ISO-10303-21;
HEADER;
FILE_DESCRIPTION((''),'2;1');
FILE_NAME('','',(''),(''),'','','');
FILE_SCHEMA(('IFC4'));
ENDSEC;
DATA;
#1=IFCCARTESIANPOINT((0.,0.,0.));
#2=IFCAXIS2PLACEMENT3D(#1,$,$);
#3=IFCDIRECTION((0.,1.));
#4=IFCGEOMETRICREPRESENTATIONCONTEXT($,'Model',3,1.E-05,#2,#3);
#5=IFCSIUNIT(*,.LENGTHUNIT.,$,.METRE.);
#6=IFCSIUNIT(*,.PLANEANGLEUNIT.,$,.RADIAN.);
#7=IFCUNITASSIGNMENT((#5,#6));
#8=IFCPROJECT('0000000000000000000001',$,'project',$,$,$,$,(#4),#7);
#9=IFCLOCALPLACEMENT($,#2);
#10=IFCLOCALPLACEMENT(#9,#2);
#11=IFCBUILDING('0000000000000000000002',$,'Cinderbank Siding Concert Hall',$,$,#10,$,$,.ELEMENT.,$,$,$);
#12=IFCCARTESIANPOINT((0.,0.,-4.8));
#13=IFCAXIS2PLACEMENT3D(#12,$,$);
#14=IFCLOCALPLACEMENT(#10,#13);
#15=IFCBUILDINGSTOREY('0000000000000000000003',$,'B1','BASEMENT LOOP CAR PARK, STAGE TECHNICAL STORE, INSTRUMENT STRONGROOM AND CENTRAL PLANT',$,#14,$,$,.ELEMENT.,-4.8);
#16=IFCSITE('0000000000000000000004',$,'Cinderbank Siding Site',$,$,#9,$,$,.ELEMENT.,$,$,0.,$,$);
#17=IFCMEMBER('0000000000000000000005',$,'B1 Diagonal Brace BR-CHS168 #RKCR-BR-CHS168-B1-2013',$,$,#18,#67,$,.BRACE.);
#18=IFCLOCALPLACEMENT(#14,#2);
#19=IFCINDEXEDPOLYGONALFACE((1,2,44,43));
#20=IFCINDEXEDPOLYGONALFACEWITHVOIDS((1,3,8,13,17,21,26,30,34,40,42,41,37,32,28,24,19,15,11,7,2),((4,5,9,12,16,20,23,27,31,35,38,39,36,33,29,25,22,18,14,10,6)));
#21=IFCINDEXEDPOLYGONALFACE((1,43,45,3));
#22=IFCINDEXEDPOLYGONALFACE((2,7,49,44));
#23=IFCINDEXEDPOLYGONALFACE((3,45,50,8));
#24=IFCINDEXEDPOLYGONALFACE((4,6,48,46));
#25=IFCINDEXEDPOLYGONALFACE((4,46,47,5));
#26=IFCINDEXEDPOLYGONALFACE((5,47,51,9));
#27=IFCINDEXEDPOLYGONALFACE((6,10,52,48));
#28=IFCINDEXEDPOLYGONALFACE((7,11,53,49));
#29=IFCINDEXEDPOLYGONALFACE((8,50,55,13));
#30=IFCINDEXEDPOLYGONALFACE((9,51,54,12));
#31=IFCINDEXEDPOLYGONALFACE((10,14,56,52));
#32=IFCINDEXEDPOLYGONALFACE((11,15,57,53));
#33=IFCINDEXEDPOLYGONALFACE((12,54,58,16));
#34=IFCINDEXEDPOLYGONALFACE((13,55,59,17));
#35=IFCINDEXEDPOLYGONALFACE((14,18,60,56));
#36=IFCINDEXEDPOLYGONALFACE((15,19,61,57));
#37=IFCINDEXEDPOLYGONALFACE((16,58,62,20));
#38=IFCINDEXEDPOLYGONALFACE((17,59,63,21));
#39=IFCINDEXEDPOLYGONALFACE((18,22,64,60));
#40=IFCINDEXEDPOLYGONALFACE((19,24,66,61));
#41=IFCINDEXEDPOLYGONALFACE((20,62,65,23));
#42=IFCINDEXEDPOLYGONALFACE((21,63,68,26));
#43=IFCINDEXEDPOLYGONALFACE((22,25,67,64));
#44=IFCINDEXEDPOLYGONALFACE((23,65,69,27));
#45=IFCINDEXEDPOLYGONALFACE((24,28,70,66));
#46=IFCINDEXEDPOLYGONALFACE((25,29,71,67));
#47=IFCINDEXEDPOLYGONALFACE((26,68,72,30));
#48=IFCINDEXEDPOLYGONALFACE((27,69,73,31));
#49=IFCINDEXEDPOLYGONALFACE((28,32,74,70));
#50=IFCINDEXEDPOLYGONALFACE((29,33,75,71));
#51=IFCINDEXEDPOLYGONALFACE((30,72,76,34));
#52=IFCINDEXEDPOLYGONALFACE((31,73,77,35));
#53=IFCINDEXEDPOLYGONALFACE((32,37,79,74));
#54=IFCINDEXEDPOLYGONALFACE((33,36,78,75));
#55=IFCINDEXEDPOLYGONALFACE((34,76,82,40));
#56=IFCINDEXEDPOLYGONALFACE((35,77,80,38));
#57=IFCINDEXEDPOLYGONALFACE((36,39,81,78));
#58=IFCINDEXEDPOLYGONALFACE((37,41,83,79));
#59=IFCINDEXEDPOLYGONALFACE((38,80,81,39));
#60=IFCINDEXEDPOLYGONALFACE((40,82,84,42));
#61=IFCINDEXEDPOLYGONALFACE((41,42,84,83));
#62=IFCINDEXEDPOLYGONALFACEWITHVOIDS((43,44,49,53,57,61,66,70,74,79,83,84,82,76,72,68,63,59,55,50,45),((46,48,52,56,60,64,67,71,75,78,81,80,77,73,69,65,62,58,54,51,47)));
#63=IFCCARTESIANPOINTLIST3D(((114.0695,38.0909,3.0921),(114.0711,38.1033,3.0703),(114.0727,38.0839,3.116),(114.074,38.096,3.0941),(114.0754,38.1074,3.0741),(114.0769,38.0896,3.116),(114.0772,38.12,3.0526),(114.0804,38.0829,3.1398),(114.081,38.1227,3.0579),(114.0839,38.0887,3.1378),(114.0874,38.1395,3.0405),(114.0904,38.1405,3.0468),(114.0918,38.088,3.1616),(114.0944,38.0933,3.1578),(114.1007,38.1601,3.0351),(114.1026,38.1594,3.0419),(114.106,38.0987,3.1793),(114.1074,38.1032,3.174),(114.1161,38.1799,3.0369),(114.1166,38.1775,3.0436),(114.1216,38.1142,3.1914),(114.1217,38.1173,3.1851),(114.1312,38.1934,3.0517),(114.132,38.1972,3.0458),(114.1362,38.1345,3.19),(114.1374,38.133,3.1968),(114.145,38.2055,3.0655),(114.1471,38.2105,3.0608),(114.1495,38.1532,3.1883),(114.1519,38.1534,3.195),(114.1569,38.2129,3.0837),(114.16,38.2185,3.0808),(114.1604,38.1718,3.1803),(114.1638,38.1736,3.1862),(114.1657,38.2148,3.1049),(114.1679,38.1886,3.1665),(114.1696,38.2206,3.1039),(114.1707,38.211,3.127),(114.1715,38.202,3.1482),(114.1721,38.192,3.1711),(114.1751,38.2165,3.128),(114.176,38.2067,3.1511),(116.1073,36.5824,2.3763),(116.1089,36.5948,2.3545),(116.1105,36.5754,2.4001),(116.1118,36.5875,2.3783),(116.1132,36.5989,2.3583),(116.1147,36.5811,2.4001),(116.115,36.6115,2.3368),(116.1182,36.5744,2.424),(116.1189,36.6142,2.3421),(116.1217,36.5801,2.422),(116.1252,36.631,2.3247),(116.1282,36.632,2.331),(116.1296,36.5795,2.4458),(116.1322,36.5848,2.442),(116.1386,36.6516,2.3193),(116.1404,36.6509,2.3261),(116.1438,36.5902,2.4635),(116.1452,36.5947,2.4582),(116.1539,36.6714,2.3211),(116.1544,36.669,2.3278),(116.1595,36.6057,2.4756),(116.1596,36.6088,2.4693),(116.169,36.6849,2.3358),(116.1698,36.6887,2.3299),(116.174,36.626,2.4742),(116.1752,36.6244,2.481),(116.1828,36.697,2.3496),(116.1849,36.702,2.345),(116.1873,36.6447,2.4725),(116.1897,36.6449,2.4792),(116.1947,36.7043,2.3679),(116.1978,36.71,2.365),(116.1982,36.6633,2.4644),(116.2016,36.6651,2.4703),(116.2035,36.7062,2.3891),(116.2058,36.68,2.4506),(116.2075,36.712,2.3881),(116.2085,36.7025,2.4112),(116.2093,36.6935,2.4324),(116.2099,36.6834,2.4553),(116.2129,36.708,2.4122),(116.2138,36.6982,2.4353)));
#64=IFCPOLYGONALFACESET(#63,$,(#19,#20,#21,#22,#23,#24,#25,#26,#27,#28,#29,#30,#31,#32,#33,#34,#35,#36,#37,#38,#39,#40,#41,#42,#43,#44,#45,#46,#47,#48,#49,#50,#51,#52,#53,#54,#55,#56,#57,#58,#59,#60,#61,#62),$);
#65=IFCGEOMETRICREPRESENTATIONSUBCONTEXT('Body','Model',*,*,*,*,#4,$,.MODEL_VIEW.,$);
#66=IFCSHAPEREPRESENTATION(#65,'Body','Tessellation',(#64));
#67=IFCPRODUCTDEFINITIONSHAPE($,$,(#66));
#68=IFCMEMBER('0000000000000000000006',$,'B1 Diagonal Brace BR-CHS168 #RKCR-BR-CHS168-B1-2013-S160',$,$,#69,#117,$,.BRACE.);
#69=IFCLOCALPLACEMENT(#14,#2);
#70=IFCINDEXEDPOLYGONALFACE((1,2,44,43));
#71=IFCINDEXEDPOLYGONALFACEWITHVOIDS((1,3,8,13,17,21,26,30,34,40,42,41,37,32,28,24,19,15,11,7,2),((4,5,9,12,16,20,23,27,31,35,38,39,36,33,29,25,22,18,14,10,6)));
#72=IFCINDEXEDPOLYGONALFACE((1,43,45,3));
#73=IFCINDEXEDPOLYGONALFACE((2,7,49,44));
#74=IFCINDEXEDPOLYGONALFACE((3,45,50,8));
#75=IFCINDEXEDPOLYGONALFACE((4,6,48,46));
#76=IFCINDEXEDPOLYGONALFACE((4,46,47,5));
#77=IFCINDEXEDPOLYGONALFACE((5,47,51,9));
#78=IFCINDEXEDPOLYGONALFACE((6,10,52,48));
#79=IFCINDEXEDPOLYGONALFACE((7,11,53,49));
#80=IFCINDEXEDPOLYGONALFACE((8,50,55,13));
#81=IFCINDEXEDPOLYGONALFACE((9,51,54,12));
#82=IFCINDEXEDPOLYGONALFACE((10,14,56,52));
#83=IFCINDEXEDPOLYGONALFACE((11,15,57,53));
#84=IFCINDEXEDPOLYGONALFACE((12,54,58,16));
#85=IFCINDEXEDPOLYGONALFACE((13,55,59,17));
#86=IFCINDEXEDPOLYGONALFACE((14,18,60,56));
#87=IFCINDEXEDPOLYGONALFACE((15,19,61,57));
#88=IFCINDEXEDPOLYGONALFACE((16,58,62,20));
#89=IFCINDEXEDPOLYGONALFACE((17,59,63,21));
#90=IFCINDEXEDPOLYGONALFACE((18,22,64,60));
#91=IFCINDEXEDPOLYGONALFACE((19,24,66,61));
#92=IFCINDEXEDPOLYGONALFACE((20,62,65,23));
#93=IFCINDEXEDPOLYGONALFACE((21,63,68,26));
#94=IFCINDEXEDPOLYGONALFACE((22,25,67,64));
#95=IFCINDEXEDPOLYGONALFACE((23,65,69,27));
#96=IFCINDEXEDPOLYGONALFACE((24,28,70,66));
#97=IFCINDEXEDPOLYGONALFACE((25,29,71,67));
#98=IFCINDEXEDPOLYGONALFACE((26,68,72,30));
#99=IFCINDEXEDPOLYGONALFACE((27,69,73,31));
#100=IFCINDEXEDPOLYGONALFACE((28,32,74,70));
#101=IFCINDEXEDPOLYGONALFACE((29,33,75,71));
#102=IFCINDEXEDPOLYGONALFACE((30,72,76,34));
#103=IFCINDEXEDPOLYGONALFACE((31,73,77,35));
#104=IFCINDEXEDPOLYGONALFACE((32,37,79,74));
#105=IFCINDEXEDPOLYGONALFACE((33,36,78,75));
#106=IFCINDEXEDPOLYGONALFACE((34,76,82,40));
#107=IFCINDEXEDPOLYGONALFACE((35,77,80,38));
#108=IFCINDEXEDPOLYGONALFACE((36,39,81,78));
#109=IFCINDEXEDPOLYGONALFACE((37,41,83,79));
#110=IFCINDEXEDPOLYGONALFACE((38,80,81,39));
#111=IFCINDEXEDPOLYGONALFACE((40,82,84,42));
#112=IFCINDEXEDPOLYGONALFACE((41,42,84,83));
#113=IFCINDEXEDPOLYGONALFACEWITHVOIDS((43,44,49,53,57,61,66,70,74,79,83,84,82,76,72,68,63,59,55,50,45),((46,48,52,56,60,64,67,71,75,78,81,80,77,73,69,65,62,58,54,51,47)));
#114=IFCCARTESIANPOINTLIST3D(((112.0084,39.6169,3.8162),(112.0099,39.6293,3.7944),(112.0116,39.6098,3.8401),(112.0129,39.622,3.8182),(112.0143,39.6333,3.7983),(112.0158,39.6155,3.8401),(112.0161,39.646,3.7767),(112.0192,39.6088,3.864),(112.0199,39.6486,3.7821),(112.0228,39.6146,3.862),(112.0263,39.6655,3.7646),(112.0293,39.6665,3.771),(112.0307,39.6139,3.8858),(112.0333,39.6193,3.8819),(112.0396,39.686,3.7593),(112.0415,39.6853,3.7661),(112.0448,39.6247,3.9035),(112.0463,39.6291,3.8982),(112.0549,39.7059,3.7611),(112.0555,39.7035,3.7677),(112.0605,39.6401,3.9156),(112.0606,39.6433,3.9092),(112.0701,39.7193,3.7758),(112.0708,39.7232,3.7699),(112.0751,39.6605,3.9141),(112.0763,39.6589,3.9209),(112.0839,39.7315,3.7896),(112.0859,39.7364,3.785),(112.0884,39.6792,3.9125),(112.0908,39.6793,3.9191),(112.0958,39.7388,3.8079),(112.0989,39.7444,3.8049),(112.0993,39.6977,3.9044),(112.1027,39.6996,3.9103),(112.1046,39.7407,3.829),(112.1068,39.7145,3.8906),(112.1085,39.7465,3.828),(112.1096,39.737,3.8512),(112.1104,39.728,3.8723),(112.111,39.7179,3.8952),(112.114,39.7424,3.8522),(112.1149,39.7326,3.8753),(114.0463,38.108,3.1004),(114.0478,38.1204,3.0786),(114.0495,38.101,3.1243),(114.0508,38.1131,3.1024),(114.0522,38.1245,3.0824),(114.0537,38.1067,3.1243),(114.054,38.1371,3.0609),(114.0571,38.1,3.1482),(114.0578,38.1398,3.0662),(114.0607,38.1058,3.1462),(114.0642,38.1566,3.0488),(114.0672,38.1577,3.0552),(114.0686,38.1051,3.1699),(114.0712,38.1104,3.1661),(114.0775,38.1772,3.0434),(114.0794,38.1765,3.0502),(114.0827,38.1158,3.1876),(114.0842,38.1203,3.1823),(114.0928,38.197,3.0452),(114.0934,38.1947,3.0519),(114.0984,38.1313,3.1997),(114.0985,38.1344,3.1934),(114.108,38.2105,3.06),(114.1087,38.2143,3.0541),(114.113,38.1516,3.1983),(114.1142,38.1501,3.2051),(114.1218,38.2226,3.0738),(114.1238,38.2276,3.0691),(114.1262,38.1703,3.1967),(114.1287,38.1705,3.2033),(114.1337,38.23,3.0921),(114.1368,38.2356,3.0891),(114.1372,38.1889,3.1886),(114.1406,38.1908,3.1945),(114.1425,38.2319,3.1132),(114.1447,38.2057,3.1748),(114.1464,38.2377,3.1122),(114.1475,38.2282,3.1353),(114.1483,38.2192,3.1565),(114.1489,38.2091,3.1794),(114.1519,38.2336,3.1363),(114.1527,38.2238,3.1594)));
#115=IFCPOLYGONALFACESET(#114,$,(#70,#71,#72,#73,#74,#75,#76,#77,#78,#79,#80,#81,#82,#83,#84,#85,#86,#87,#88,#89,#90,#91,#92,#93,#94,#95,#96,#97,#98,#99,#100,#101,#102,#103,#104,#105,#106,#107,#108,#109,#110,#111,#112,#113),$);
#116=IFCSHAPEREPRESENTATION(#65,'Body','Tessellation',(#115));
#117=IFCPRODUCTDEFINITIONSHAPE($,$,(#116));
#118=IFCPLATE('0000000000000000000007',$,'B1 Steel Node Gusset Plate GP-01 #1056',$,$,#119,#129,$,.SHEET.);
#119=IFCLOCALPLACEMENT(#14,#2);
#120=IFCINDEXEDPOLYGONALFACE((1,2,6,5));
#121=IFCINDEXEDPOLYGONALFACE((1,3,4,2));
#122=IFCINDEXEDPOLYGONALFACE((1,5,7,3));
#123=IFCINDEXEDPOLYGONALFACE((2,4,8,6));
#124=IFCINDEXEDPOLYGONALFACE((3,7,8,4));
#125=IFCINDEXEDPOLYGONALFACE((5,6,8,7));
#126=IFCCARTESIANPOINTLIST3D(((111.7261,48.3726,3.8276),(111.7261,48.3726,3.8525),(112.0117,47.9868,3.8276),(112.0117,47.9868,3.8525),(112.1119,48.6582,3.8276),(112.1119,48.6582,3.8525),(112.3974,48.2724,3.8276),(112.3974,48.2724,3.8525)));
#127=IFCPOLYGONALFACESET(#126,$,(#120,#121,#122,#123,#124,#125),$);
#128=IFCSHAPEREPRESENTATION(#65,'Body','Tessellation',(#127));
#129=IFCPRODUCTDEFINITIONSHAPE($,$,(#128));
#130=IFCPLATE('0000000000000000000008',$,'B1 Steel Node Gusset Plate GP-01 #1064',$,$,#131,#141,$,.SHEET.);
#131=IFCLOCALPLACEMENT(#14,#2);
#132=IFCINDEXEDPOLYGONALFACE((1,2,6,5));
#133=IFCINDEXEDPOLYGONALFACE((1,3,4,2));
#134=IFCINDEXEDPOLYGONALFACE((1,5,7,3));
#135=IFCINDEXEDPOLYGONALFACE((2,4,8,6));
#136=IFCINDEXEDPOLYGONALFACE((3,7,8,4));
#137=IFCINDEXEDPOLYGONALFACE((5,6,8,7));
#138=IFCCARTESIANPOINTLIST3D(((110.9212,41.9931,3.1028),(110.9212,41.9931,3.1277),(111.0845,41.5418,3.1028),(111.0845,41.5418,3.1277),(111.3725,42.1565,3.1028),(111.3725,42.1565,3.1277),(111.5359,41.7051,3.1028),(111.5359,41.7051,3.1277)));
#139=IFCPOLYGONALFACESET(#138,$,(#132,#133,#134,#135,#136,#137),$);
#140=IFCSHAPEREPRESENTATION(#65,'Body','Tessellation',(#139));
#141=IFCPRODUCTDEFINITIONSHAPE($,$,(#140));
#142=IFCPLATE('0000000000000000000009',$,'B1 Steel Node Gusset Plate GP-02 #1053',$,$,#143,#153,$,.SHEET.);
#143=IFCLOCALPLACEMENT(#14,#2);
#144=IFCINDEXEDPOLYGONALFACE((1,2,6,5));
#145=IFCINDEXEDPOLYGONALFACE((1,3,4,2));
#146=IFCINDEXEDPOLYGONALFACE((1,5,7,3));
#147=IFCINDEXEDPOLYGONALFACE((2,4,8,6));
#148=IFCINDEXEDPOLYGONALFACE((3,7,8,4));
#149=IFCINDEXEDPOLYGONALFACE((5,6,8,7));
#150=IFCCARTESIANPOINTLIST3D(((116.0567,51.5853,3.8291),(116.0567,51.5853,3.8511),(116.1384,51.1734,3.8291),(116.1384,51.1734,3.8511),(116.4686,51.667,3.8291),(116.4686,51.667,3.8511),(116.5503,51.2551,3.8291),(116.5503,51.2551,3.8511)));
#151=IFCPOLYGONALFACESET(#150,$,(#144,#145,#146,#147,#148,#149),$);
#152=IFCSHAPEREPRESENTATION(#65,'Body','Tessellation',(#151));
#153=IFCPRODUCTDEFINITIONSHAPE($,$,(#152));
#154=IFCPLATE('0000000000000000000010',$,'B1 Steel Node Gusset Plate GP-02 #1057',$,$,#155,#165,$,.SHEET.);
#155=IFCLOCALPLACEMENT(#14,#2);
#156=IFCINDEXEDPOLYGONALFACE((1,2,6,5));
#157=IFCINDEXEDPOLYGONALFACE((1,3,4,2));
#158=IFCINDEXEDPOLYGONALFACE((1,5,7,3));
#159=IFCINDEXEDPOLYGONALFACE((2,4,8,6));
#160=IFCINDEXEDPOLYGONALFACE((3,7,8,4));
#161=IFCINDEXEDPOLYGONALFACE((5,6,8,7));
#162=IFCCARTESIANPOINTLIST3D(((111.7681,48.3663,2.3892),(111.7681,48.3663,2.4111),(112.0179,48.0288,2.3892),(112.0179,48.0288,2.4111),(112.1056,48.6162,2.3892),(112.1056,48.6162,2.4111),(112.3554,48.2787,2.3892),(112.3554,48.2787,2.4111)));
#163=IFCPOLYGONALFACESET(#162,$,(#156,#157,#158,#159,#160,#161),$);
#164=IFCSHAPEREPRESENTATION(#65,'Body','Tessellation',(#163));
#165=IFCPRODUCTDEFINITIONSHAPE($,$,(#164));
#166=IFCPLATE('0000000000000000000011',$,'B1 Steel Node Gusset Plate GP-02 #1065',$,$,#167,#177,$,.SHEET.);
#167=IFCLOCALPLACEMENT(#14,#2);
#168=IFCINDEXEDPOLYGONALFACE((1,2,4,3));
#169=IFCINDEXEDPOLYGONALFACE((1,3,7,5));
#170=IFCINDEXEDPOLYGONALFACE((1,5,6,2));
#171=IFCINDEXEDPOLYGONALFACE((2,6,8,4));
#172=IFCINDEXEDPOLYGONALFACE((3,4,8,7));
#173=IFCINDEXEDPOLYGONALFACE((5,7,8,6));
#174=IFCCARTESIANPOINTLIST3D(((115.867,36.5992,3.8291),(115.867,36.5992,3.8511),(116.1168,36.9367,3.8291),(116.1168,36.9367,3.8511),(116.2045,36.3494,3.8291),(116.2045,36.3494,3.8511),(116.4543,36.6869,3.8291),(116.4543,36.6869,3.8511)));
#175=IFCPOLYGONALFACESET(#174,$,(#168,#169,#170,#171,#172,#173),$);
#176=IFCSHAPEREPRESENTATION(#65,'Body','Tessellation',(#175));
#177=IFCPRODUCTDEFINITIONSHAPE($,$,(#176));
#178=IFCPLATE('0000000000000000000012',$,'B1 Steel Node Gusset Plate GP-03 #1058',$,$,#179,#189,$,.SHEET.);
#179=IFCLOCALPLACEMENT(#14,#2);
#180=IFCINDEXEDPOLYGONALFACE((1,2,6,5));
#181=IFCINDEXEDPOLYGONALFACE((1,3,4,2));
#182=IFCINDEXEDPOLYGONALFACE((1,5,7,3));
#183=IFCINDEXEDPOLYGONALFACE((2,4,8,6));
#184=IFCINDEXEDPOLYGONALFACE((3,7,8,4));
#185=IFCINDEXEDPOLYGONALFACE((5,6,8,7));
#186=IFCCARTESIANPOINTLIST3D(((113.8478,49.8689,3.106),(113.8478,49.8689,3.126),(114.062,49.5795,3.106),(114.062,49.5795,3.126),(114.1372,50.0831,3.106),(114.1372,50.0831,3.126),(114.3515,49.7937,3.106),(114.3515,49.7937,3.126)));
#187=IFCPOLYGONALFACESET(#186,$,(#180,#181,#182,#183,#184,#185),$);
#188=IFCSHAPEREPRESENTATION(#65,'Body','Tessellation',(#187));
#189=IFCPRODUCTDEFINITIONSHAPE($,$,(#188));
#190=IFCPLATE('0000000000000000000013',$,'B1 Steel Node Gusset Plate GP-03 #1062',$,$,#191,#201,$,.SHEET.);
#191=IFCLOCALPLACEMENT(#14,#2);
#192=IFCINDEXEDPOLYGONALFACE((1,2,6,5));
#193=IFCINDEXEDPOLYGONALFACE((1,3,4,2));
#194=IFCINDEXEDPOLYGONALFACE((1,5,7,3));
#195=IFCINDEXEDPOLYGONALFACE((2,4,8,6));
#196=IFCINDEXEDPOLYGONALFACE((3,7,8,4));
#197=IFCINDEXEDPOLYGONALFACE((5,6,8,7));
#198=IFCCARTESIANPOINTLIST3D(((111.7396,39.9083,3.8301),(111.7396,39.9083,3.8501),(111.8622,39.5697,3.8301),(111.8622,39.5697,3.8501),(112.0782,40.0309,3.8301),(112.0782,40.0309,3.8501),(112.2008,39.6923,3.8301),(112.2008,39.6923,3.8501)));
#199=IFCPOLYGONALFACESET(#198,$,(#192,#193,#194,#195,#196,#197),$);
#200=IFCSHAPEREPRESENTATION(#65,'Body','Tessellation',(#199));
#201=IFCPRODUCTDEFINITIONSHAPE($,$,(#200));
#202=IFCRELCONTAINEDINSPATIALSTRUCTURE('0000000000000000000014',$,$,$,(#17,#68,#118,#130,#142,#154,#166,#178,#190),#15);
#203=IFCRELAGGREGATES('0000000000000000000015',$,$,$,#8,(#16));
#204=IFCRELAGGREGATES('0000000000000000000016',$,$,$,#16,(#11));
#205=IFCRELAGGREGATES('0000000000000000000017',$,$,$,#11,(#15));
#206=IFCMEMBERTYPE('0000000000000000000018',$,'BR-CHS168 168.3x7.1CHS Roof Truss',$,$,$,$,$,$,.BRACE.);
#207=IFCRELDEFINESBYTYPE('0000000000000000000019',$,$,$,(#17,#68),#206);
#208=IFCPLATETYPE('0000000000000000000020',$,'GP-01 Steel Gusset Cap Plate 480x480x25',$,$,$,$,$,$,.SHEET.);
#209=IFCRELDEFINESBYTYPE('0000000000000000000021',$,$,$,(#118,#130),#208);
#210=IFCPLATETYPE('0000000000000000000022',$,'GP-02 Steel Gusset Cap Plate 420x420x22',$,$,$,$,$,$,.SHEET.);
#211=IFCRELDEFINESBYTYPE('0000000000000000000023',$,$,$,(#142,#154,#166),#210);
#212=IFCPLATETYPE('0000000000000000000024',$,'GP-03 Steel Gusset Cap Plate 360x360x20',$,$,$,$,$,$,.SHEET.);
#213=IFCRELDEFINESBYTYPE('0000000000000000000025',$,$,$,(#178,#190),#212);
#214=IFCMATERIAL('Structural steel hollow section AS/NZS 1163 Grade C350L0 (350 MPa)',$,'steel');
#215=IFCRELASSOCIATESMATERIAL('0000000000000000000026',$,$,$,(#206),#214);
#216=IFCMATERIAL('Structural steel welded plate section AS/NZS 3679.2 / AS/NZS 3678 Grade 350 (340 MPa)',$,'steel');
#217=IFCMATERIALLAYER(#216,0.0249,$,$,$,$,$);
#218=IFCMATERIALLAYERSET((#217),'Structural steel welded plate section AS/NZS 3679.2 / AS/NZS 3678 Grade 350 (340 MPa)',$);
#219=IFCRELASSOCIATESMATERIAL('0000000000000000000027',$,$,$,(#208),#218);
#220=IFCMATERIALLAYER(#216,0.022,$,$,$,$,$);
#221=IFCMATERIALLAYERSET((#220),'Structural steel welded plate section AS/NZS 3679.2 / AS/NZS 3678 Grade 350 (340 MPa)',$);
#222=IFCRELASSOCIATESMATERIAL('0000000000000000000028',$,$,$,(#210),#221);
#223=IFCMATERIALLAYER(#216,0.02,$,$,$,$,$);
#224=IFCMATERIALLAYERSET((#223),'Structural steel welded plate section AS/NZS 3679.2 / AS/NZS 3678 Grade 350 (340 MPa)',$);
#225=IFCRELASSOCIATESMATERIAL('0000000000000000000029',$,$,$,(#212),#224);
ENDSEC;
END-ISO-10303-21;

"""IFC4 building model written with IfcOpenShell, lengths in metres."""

from ifc_helpers import new_model, si_unit, direction, frame, origin, origin_2d, place, context, subcontext, project, spatial, rectangle, hollow_circle, extrude, material, layer, layer_set, material_profile, profile_set, type_object, element, save


model = new_model("IFC4")

# Units and contexts
model_context = context("Model", 3, precision=1e-05, world=origin(), true_north=direction((0.0, 1.0)))
body_context = subcontext(model_context, "Body", "Model", "MODEL_VIEW")
ifc_project = project(units=[si_unit("LENGTHUNIT", "METRE"), si_unit("PLANEANGLEUNIT", "RADIAN")], contexts=[model_context])

# Site, building, storey
site_placement = place(None, origin())
site = spatial("IfcSite", under=ifc_project, at=site_placement, Name="Cinderbank Siding Site", CompositionType="ELEMENT", RefElevation=0.0)
building_placement = place(site_placement, origin())
building = spatial("IfcBuilding", under=site, at=building_placement, Name="Cinderbank Siding Concert Hall", CompositionType="ELEMENT")
storey_placement = place(building_placement, frame((0.0, 0.0, -4.8)))
storey = spatial("IfcBuildingStorey", under=building, at=storey_placement, Name="B1", Description="BASEMENT LOOP CAR PARK, STAGE TECHNICAL STORE, INSTRUMENT STRONGROOM AND CENTRAL PLANT", CompositionType="ELEMENT", Elevation=-4.8)

# Members
ifc_material_1 = material(Name="Structural steel hollow section AS/NZS 1163 Grade C350L0 (350 MPa)", Category="steel")
ifc_material_profile_1 = material_profile(ifc_material_1, hollow_circle(Radius=0.0842, WallThickness=0.0071, at=origin_2d()), Name="168.3x7.1CHS", Category="LoadBearing")
ifc_profile_set_1 = profile_set([ifc_material_profile_1], Name="Structural steel hollow section AS/NZS 1163 Grade C350L0 (350 MPa)")
member_type = type_object("IfcMemberType", Name="BR-CHS168 168.3x7.1CHS Roof Truss", PredefinedType="BRACE", material=ifc_profile_set_1)
member_1_placement = place(storey_placement, frame((116.1606, 36.6431, 2.4001), z_axis=(-0.773504, 0.572598, 0.271704), x_axis=(-0.594981, -0.80374, 0.0)))
element("IfcMember", 1, at=member_1_placement, inside=storey, type_object=member_type, Name="B1 Diagonal Brace BR-CHS168 #RKCR-BR-CHS168-B1-2013", PredefinedType="BRACE", context=body_context, shape_type="SweptSolid", body=[
    extrude(hollow_circle(Radius=0.0842, WallThickness=0.0071, at=origin_2d()), origin(), (0.0, 0.0, 1.0), 2.6345),
])
member_2_placement = place(storey_placement, frame((114.0996, 38.1687, 3.1243), z_axis=(-0.773463, 0.572661, 0.27169), x_axis=(-0.595043, -0.803694, 0.0)))
element("IfcMember", 2, at=member_2_placement, inside=storey, type_object=member_type, Name="B1 Diagonal Brace BR-CHS168 #RKCR-BR-CHS168-B1-2013-S160", PredefinedType="BRACE", context=body_context, shape_type="SweptSolid", body=[
    extrude(hollow_circle(Radius=0.0842, WallThickness=0.0071, at=origin_2d()), origin(), (0.0, 0.0, 1.0), 2.6348),
])

# Plates
ifc_material_2 = material(Name="Structural steel welded plate section AS/NZS 3679.2 / AS/NZS 3678 Grade 350 (340 MPa)", Category="steel")
ifc_layer_1 = layer(ifc_material_2, 0.0249)
ifc_layer_set_1 = layer_set([ifc_layer_1], Name="Structural steel welded plate section AS/NZS 3679.2 / AS/NZS 3678 Grade 350 (340 MPa)")
plate_type_1 = type_object("IfcPlateType", Name="GP-01 Steel Gusset Cap Plate 480x480x25", PredefinedType="SHEET", material=ifc_layer_set_1)
for number, where, z_axis, x_axis, name in (
    (3, (112.0618, 48.3225, 3.8276), (0.0, 0.0, 1.0), (-0.803753, -0.594963, 0.0), "B1 Steel Node Gusset Plate GP-01 #1056"),
    (4, (111.2285, 41.8491, 3.1028), (0.0, 0.0, 1.0), (-0.34038, 0.940288, 0.0), "B1 Steel Node Gusset Plate GP-01 #1064"),
):
    element("IfcPlate", number, at=place(storey_placement, frame(where, z_axis=z_axis, x_axis=x_axis)), inside=storey, type_object=plate_type_1, Name=name, PredefinedType="SHEET", context=body_context, shape_type="SweptSolid", body=[
        extrude(rectangle(XDim=0.48, YDim=0.48, at=origin_2d()), origin(), (0.0, 0.0, 1.0), 0.0249),
    ])
ifc_layer_2 = layer(ifc_material_2, 0.022)
ifc_layer_set_2 = layer_set([ifc_layer_2], Name="Structural steel welded plate section AS/NZS 3679.2 / AS/NZS 3678 Grade 350 (340 MPa)")
plate_type_2 = type_object("IfcPlateType", Name="GP-02 Steel Gusset Cap Plate 420x420x22", PredefinedType="SHEET", material=ifc_layer_set_2)
for number, where, z_axis, x_axis, name in (
    (5, (116.3035, 51.4202, 3.8291), (0.0, 0.0, 1.0), (-0.980887, -0.194577, 0.0), "B1 Steel Node Gusset Plate GP-02 #1053"),
    (6, (112.0618, 48.3225, 2.3892), (0.0, 0.0, 1.0), (0.803753, 0.594963, 0.0), "B1 Steel Node Gusset Plate GP-02 #1057"),
    (7, (116.1606, 36.6431, 3.8291), (0.0, 0.0, 1.0), (0.803753, -0.594963, 0.0), "B1 Steel Node Gusset Plate GP-02 #1065"),
):
    element("IfcPlate", number, at=place(storey_placement, frame(where, z_axis=z_axis, x_axis=x_axis)), inside=storey, type_object=plate_type_2, Name=name, PredefinedType="SHEET", context=body_context, shape_type="SweptSolid", body=[
        extrude(rectangle(XDim=0.4199, YDim=0.4199, at=origin_2d()), origin(), (0.0, 0.0, 1.0), 0.022),
    ])
ifc_layer_3 = layer(ifc_material_2, 0.02)
ifc_layer_set_3 = layer_set([ifc_layer_3], Name="Structural steel welded plate section AS/NZS 3679.2 / AS/NZS 3678 Grade 350 (340 MPa)")
plate_type_3 = type_object("IfcPlateType", Name="GP-03 Steel Gusset Cap Plate 360x360x20", PredefinedType="SHEET", material=ifc_layer_set_3)
for number, where, z_axis, x_axis, name in (
    (8, (114.0996, 49.8313, 3.106), (0.0, 0.0, 1.0), (0.803753, 0.594963, 0.0), "B1 Steel Node Gusset Plate GP-03 #1058"),
    (9, (111.9702, 39.8003, 3.8301), (0.0, 0.0, 1.0), (0.34038, -0.940288, 0.0), "B1 Steel Node Gusset Plate GP-03 #1062"),
):
    element("IfcPlate", number, at=place(storey_placement, frame(where, z_axis=z_axis, x_axis=x_axis)), inside=storey, type_object=plate_type_3, Name=name, PredefinedType="SHEET", context=body_context, shape_type="SweptSolid", body=[
        extrude(rectangle(XDim=0.3601, YDim=0.3601, at=origin_2d()), origin(), (0.0, 0.0, 1.0), 0.02),
    ])

save(model, "model.ifc")
